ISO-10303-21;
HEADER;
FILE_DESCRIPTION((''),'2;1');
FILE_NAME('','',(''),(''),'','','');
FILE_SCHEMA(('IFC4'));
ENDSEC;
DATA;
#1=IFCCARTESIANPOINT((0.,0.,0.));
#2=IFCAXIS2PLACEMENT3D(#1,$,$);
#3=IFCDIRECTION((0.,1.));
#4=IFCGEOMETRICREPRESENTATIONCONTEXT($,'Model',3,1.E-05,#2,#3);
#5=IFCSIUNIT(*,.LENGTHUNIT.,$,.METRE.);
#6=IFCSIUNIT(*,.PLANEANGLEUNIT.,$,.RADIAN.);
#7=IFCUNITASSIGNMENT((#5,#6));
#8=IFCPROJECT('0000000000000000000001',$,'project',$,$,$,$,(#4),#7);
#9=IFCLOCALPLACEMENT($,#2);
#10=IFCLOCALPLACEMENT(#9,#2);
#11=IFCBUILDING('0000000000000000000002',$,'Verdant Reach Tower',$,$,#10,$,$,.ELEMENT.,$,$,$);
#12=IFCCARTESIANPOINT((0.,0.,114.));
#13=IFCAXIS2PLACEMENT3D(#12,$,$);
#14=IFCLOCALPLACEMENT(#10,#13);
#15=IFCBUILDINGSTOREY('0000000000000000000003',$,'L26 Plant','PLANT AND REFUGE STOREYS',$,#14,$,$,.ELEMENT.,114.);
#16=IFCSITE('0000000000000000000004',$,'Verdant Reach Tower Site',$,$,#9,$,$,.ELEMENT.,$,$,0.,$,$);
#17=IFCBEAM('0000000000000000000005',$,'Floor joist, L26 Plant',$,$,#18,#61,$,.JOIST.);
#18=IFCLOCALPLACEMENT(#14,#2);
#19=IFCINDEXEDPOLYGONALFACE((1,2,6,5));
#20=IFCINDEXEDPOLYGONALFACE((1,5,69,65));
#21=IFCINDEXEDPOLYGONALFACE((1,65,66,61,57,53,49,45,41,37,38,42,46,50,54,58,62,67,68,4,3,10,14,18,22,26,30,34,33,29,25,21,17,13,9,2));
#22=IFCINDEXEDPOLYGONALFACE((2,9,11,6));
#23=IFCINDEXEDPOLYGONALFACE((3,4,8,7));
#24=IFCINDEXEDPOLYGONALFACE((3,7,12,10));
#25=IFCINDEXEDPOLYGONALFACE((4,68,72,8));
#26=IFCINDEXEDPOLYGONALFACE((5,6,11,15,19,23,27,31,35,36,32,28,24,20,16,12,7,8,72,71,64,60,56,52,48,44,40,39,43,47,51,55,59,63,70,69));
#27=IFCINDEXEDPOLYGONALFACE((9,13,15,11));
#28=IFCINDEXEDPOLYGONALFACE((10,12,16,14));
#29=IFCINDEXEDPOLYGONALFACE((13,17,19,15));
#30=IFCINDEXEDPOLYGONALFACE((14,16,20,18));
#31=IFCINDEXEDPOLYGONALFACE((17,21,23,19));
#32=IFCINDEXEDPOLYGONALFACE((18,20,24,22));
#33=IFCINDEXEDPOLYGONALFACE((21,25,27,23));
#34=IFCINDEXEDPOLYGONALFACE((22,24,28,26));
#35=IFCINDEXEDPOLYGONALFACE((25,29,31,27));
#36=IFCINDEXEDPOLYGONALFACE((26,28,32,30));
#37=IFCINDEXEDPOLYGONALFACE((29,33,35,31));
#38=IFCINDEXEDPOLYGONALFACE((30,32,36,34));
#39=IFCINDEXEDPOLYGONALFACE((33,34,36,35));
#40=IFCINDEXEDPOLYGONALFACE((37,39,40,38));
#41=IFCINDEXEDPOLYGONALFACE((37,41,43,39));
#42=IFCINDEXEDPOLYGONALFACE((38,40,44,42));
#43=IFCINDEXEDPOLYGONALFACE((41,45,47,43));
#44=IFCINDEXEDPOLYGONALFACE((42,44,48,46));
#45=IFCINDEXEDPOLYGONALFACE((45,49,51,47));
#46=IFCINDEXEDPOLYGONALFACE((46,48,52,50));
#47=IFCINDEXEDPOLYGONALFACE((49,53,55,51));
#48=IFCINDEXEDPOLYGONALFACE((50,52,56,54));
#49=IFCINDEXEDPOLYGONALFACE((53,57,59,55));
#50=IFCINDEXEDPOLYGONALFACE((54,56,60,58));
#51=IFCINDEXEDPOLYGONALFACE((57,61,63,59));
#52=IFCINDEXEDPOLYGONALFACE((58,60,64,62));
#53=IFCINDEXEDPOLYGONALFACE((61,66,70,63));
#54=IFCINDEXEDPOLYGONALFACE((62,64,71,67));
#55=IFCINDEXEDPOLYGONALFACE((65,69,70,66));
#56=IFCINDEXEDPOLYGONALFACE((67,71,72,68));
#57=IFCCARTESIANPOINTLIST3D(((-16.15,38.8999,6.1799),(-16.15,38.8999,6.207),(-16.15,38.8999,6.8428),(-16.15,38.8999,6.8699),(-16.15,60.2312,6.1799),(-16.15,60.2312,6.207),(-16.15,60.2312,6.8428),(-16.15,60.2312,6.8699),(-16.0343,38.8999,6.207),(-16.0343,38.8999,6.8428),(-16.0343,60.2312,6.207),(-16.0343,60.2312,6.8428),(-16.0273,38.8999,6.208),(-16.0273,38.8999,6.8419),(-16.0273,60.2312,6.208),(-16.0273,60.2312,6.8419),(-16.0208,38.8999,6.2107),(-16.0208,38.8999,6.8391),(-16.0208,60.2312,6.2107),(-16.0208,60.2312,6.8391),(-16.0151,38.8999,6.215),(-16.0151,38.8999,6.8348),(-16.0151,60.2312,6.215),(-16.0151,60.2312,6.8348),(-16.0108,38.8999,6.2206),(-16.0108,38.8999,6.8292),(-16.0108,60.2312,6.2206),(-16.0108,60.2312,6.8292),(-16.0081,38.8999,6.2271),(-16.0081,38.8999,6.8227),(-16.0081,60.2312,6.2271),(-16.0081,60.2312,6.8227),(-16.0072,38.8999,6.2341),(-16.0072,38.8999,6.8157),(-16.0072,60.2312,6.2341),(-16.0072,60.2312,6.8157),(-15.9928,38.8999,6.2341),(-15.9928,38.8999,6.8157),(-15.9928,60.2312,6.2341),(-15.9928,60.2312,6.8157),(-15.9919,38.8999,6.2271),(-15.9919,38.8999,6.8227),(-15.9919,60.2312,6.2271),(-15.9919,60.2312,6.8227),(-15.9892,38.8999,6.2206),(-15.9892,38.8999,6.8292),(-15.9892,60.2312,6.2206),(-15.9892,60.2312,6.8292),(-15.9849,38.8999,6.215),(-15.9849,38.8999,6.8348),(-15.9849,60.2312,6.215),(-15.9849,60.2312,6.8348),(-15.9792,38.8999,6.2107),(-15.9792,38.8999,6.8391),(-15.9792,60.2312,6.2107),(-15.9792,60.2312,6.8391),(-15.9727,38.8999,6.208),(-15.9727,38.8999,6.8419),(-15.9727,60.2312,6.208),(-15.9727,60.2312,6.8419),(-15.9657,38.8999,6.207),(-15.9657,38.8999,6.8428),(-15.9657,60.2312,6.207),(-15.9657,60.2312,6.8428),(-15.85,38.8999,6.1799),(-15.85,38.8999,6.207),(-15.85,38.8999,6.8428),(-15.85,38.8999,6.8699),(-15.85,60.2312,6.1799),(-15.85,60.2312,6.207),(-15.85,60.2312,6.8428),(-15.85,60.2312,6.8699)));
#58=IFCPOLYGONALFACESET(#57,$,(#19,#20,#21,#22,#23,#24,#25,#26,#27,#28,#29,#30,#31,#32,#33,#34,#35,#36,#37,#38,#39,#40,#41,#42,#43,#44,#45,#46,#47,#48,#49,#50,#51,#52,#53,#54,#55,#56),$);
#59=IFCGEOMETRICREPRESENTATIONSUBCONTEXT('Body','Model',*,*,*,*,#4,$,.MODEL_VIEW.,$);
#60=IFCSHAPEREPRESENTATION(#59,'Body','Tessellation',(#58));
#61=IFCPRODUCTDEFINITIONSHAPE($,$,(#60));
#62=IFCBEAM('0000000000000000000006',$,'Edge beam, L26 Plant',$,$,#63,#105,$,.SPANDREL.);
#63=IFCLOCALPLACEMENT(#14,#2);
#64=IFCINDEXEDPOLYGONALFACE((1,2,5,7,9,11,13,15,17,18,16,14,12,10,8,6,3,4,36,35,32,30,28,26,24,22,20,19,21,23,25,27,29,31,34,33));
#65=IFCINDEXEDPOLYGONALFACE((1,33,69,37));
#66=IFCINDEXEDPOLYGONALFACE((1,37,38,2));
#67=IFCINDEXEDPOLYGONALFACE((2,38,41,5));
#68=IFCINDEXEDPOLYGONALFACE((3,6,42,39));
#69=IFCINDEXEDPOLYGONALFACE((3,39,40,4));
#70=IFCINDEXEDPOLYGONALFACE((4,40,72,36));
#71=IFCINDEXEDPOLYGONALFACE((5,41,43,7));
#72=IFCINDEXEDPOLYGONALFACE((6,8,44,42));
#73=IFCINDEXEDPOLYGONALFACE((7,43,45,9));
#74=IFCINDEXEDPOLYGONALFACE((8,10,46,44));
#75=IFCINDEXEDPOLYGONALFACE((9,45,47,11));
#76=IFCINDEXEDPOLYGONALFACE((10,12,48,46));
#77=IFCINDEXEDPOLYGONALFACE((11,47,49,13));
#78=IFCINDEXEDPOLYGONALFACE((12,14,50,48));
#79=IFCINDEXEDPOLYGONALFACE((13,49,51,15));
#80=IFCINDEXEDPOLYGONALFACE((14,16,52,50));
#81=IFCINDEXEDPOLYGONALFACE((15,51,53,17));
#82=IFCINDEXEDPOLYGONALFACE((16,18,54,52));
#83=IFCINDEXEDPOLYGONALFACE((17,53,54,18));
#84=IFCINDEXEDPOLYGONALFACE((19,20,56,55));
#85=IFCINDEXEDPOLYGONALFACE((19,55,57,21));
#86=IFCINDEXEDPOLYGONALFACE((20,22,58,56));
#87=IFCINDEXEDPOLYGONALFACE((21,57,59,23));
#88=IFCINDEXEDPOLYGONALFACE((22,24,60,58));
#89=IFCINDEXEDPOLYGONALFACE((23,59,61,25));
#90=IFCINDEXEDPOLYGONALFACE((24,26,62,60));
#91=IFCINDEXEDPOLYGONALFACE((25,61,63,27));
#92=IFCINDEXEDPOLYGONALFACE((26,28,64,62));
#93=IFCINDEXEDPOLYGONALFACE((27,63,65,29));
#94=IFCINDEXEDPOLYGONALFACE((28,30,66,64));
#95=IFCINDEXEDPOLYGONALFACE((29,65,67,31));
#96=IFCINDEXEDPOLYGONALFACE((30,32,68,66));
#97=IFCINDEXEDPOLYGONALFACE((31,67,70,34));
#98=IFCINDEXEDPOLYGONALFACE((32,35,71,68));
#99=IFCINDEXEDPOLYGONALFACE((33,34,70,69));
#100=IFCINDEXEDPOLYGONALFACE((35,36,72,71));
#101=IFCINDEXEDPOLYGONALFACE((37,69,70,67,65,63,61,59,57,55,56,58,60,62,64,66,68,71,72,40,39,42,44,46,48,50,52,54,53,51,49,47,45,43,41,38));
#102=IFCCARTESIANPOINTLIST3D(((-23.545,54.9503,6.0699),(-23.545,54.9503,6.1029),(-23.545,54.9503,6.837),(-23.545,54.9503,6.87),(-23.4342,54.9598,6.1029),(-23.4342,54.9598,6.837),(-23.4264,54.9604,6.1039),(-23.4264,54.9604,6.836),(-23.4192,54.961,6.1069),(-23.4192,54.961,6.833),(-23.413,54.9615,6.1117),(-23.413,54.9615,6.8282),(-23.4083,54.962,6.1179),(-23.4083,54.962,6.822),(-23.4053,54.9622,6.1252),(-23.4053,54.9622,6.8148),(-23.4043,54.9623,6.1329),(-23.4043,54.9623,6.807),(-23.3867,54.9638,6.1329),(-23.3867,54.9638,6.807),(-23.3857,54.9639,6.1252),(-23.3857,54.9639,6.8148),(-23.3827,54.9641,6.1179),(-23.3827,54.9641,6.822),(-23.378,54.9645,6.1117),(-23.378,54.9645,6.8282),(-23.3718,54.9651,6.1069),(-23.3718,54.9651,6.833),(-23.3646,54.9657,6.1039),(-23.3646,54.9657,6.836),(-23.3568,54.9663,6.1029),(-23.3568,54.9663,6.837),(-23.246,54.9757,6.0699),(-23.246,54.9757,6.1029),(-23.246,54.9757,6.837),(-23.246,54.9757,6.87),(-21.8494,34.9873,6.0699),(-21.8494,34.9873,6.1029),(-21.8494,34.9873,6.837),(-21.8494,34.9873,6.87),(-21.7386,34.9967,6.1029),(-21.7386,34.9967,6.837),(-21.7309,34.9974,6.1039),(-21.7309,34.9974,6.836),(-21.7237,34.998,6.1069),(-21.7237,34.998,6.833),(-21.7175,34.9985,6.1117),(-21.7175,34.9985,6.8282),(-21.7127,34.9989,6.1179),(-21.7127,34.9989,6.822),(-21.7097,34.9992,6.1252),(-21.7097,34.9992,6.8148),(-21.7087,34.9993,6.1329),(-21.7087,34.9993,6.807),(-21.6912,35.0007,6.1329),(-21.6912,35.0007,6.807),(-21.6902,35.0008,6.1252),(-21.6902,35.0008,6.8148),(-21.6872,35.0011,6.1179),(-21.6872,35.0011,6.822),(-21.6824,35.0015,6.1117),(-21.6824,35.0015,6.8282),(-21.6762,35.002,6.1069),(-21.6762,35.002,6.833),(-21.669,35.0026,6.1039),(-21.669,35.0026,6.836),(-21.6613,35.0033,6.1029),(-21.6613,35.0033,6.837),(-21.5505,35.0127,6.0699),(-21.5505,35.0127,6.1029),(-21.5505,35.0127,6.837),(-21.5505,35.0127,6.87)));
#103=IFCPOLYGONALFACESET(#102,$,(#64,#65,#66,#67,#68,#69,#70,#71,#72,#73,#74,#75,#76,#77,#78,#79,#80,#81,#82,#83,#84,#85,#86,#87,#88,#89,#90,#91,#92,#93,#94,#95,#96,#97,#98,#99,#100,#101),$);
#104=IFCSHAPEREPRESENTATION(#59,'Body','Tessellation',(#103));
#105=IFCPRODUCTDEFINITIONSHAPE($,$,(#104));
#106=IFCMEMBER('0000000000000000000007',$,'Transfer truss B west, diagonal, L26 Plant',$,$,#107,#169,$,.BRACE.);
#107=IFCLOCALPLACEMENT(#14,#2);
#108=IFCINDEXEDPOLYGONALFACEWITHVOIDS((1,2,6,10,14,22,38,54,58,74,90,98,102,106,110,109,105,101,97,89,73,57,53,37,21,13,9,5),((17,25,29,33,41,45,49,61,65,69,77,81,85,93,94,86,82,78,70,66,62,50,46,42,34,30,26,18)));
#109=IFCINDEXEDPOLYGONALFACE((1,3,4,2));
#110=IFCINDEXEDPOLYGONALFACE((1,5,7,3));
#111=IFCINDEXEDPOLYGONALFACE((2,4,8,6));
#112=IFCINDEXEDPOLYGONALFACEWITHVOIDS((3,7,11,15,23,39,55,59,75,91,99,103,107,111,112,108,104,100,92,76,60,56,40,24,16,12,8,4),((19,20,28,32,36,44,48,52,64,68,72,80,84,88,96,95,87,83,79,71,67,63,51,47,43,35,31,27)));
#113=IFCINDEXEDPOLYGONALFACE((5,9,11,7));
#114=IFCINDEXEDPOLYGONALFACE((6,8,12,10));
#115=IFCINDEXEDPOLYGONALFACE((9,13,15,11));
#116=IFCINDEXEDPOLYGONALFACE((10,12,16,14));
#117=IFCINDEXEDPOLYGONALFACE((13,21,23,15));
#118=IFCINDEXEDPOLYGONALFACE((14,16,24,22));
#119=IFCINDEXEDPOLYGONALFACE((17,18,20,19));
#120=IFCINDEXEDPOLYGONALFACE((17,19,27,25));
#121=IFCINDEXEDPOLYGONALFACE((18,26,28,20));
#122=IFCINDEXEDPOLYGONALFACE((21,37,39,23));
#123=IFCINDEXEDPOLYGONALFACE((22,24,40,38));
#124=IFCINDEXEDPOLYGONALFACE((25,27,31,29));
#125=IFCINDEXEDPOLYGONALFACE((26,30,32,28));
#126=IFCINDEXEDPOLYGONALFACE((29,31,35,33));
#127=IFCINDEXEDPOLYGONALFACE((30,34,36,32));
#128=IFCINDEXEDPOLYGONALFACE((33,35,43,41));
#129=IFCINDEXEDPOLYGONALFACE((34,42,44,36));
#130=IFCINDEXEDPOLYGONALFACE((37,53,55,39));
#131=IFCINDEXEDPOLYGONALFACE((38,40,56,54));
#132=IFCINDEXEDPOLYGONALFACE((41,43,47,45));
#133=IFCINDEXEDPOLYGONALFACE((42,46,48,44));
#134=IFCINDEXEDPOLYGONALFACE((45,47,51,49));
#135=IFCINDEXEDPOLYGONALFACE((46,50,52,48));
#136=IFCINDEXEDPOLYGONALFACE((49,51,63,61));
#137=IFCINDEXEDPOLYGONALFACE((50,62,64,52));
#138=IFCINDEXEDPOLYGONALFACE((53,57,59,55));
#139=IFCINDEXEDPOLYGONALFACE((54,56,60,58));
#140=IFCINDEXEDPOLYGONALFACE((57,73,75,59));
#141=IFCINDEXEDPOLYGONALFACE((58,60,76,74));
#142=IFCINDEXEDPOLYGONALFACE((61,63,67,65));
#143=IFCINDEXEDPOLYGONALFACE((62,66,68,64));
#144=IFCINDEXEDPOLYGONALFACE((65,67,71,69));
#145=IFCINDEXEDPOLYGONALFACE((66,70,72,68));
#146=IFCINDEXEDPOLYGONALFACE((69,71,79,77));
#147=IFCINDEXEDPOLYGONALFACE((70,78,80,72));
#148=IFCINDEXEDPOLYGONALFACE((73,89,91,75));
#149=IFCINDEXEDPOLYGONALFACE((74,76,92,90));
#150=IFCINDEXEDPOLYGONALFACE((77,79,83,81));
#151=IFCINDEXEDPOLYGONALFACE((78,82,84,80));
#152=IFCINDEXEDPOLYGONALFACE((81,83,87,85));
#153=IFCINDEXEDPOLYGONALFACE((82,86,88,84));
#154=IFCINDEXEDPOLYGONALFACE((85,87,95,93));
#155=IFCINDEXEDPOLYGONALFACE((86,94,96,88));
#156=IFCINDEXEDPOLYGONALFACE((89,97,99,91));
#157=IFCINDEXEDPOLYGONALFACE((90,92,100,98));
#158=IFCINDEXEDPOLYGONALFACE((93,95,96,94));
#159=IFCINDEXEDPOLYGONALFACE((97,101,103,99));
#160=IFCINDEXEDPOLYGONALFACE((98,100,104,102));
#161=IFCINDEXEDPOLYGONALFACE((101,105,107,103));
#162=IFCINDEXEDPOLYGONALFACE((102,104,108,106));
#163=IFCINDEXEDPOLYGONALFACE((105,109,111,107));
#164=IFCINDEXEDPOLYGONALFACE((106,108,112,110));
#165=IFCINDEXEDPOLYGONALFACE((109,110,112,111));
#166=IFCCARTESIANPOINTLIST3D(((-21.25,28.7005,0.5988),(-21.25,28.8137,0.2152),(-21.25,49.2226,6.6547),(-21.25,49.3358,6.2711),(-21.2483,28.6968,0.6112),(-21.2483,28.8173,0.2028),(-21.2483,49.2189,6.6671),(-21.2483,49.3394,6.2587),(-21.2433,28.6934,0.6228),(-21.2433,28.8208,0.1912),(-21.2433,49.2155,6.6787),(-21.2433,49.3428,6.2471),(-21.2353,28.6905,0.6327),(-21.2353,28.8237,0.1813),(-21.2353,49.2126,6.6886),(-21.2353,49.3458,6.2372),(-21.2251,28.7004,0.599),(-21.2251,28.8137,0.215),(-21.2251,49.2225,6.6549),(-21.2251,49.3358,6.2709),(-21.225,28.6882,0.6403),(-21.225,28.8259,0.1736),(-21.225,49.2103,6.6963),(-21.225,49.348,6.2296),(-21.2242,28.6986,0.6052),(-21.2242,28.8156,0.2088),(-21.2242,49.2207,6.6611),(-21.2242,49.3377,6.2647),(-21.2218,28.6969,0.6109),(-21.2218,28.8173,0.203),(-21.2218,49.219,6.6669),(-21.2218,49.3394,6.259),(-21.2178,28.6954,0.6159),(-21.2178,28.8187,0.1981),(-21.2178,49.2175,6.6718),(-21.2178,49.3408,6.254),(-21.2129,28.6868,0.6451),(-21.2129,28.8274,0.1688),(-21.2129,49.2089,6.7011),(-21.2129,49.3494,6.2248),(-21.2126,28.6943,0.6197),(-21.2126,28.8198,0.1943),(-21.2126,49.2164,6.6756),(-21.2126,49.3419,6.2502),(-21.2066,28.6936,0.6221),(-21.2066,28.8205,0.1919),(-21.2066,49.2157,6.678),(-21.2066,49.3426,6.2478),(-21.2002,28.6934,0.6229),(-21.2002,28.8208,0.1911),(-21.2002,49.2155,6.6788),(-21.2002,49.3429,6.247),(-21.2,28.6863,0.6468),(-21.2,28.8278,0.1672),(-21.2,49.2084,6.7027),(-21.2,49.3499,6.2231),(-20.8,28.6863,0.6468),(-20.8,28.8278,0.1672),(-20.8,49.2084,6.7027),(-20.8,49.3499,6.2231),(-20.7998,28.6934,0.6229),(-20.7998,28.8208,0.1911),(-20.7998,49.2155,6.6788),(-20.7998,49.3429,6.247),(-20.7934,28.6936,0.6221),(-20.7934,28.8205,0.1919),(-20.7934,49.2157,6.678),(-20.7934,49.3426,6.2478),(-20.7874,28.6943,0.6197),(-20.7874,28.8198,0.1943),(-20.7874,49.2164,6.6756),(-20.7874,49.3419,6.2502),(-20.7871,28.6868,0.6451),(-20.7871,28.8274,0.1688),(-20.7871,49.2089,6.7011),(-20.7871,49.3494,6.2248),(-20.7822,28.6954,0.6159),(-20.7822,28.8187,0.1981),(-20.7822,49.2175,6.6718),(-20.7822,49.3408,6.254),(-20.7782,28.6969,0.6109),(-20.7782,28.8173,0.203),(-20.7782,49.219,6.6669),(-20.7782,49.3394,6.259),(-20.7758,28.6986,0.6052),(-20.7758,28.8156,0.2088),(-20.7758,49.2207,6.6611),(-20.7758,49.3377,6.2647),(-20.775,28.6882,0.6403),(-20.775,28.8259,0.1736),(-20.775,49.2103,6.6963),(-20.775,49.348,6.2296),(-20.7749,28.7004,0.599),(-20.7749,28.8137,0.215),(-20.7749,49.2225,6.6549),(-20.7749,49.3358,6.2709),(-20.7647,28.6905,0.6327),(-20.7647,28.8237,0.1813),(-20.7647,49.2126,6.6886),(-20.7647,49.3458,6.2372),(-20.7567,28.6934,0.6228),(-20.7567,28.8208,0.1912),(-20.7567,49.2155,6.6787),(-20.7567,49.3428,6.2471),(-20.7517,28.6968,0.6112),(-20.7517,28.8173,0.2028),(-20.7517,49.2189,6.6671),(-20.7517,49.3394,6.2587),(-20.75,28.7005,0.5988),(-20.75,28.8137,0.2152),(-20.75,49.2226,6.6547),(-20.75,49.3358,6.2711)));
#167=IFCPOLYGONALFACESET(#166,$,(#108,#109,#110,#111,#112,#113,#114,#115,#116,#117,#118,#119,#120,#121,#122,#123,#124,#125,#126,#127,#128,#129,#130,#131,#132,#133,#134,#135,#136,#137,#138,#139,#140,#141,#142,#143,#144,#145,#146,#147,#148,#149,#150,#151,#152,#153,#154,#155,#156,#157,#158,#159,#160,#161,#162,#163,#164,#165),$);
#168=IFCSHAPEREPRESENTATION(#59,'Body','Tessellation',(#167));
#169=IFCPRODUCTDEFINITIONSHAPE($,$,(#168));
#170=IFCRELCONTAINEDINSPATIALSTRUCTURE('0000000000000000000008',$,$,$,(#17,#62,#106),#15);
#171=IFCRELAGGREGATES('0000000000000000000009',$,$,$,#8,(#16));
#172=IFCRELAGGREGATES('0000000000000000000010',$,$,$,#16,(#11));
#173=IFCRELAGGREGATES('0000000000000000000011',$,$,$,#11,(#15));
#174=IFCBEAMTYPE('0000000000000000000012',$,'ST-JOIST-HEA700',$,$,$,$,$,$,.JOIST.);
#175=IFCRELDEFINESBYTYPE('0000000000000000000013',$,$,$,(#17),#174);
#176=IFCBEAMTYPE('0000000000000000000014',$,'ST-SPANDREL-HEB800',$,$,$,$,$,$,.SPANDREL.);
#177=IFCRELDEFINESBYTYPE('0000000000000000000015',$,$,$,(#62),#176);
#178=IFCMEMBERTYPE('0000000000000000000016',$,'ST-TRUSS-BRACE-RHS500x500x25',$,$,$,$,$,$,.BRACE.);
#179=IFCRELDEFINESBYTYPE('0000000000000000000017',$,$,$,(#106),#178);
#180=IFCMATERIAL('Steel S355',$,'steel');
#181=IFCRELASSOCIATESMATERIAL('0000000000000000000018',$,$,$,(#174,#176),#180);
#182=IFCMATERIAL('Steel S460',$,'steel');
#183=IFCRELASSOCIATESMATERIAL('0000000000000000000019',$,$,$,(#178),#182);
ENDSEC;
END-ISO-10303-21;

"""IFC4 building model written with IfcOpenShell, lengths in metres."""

from ifc_helpers import new_model, si_unit, direction, frame, origin, origin_2d, place, context, subcontext, project, spatial, hollow_rectangle, i_section, extrude, material, material_profile, profile_set, type_object, element, save


model = new_model("IFC4")

# Units and contexts
model_context = context("Model", 3, precision=1e-05, world=origin(), true_north=direction((0.0, 1.0)))
body_context = subcontext(model_context, "Body", "Model", "MODEL_VIEW")
ifc_project = project(units=[si_unit("LENGTHUNIT", "METRE"), si_unit("PLANEANGLEUNIT", "RADIAN")], contexts=[model_context])

# Site, building, storey
site_placement = place(None, origin())
site = spatial("IfcSite", under=ifc_project, at=site_placement, Name="Verdant Reach Tower Site", CompositionType="ELEMENT", RefElevation=0.0)
building_placement = place(site_placement, origin())
building = spatial("IfcBuilding", under=site, at=building_placement, Name="Verdant Reach Tower", CompositionType="ELEMENT")
storey_placement = place(building_placement, frame((0.0, 0.0, 114.0)))
storey = spatial("IfcBuildingStorey", under=building, at=storey_placement, Name="L26 Plant", Description="PLANT AND REFUGE STOREYS", CompositionType="ELEMENT", Elevation=114.0)

# Shared definitions
ifc_material_1 = material(Name="Steel S460", Category="steel")

# Beams
ifc_material_2 = material(Name="Steel S355", Category="steel")
ifc_material_profile_1 = material_profile(ifc_material_2, i_section(OverallWidth=0.3, OverallDepth=0.6899, WebThickness=0.0144, FlangeThickness=0.0271, FilletRadius=0.0271, at=origin_2d()), Name="HEA 700")
ifc_profile_set_1 = profile_set([ifc_material_profile_1], Name="Steel S355")
beam_type_1 = type_object("IfcBeamType", Name="ST-JOIST-HEA700", PredefinedType="JOIST", material=ifc_profile_set_1)
beam_1_placement = place(storey_placement, frame((-16.0, 38.8999, 6.5249), z_axis=(0.0, 1.0, 0.0), x_axis=(-1.0, 0.0, 0.0)))
element("IfcBeam", 1, at=beam_1_placement, inside=storey, type_object=beam_type_1, Name="Floor joist, L26 Plant", PredefinedType="JOIST", context=body_context, shape_type="SweptSolid", body=[
    extrude(i_section(OverallWidth=0.3, OverallDepth=0.6899, WebThickness=0.0144, FlangeThickness=0.0271, FilletRadius=0.0271, at=origin_2d()), origin(), (0.0, 0.0, 1.0), 21.3313),
])
ifc_material_profile_2 = material_profile(ifc_material_2, i_section(OverallWidth=0.3, OverallDepth=0.8, WebThickness=0.0176, FlangeThickness=0.033, FilletRadius=0.03, at=origin_2d()), Name="HEB 800")
ifc_profile_set_2 = profile_set([ifc_material_profile_2], Name="Steel S355")
beam_type_2 = type_object("IfcBeamType", Name="ST-SPANDREL-HEB800", PredefinedType="SPANDREL", material=ifc_profile_set_2)
beam_2_placement = place(storey_placement, frame((-21.7, 35.0, 6.47), z_axis=(-0.08463, 0.996412, 0.0), x_axis=(-0.996412, -0.08463, 0.0)))
element("IfcBeam", 2, at=beam_2_placement, inside=storey, type_object=beam_type_2, Name="Edge beam, L26 Plant", PredefinedType="SPANDREL", context=body_context, shape_type="SweptSolid", body=[
    extrude(i_section(OverallWidth=0.3, OverallDepth=0.8, WebThickness=0.0176, FlangeThickness=0.033, FilletRadius=0.03, at=origin_2d()), origin(), (0.0, 0.0, 1.0), 20.0349),
])

# Member
ifc_material_profile_3 = material_profile(ifc_material_1, hollow_rectangle(XDim=0.5, YDim=0.5, WallThickness=0.0249, InnerFilletRadius=0.0249, OuterFilletRadius=0.05, at=origin_2d()), Name="RHS 500x500x25")
ifc_profile_set_3 = profile_set([ifc_material_profile_3], Name="Steel S460")
member_type_1 = type_object("IfcMemberType", Name="ST-TRUSS-BRACE-RHS500x500x25", PredefinedType="BRACE", material=ifc_profile_set_3)
member_1_placement = place(storey_placement, frame((-21.0, 28.7571, 0.407), z_axis=(0.0, 0.959112, 0.283028), x_axis=(-1.0, 0.0, 0.0)))
element("IfcMember", 3, at=member_1_placement, inside=storey, type_object=member_type_1, Name="Transfer truss B west, diagonal, L26 Plant", PredefinedType="BRACE", context=body_context, shape_type="SweptSolid", body=[
    extrude(hollow_rectangle(XDim=0.5, YDim=0.5, WallThickness=0.0249, InnerFilletRadius=0.0249, OuterFilletRadius=0.05, at=origin_2d()), origin(), (0.0, 0.0, 1.0), 21.397),
])

save(model, "model.ifc")
